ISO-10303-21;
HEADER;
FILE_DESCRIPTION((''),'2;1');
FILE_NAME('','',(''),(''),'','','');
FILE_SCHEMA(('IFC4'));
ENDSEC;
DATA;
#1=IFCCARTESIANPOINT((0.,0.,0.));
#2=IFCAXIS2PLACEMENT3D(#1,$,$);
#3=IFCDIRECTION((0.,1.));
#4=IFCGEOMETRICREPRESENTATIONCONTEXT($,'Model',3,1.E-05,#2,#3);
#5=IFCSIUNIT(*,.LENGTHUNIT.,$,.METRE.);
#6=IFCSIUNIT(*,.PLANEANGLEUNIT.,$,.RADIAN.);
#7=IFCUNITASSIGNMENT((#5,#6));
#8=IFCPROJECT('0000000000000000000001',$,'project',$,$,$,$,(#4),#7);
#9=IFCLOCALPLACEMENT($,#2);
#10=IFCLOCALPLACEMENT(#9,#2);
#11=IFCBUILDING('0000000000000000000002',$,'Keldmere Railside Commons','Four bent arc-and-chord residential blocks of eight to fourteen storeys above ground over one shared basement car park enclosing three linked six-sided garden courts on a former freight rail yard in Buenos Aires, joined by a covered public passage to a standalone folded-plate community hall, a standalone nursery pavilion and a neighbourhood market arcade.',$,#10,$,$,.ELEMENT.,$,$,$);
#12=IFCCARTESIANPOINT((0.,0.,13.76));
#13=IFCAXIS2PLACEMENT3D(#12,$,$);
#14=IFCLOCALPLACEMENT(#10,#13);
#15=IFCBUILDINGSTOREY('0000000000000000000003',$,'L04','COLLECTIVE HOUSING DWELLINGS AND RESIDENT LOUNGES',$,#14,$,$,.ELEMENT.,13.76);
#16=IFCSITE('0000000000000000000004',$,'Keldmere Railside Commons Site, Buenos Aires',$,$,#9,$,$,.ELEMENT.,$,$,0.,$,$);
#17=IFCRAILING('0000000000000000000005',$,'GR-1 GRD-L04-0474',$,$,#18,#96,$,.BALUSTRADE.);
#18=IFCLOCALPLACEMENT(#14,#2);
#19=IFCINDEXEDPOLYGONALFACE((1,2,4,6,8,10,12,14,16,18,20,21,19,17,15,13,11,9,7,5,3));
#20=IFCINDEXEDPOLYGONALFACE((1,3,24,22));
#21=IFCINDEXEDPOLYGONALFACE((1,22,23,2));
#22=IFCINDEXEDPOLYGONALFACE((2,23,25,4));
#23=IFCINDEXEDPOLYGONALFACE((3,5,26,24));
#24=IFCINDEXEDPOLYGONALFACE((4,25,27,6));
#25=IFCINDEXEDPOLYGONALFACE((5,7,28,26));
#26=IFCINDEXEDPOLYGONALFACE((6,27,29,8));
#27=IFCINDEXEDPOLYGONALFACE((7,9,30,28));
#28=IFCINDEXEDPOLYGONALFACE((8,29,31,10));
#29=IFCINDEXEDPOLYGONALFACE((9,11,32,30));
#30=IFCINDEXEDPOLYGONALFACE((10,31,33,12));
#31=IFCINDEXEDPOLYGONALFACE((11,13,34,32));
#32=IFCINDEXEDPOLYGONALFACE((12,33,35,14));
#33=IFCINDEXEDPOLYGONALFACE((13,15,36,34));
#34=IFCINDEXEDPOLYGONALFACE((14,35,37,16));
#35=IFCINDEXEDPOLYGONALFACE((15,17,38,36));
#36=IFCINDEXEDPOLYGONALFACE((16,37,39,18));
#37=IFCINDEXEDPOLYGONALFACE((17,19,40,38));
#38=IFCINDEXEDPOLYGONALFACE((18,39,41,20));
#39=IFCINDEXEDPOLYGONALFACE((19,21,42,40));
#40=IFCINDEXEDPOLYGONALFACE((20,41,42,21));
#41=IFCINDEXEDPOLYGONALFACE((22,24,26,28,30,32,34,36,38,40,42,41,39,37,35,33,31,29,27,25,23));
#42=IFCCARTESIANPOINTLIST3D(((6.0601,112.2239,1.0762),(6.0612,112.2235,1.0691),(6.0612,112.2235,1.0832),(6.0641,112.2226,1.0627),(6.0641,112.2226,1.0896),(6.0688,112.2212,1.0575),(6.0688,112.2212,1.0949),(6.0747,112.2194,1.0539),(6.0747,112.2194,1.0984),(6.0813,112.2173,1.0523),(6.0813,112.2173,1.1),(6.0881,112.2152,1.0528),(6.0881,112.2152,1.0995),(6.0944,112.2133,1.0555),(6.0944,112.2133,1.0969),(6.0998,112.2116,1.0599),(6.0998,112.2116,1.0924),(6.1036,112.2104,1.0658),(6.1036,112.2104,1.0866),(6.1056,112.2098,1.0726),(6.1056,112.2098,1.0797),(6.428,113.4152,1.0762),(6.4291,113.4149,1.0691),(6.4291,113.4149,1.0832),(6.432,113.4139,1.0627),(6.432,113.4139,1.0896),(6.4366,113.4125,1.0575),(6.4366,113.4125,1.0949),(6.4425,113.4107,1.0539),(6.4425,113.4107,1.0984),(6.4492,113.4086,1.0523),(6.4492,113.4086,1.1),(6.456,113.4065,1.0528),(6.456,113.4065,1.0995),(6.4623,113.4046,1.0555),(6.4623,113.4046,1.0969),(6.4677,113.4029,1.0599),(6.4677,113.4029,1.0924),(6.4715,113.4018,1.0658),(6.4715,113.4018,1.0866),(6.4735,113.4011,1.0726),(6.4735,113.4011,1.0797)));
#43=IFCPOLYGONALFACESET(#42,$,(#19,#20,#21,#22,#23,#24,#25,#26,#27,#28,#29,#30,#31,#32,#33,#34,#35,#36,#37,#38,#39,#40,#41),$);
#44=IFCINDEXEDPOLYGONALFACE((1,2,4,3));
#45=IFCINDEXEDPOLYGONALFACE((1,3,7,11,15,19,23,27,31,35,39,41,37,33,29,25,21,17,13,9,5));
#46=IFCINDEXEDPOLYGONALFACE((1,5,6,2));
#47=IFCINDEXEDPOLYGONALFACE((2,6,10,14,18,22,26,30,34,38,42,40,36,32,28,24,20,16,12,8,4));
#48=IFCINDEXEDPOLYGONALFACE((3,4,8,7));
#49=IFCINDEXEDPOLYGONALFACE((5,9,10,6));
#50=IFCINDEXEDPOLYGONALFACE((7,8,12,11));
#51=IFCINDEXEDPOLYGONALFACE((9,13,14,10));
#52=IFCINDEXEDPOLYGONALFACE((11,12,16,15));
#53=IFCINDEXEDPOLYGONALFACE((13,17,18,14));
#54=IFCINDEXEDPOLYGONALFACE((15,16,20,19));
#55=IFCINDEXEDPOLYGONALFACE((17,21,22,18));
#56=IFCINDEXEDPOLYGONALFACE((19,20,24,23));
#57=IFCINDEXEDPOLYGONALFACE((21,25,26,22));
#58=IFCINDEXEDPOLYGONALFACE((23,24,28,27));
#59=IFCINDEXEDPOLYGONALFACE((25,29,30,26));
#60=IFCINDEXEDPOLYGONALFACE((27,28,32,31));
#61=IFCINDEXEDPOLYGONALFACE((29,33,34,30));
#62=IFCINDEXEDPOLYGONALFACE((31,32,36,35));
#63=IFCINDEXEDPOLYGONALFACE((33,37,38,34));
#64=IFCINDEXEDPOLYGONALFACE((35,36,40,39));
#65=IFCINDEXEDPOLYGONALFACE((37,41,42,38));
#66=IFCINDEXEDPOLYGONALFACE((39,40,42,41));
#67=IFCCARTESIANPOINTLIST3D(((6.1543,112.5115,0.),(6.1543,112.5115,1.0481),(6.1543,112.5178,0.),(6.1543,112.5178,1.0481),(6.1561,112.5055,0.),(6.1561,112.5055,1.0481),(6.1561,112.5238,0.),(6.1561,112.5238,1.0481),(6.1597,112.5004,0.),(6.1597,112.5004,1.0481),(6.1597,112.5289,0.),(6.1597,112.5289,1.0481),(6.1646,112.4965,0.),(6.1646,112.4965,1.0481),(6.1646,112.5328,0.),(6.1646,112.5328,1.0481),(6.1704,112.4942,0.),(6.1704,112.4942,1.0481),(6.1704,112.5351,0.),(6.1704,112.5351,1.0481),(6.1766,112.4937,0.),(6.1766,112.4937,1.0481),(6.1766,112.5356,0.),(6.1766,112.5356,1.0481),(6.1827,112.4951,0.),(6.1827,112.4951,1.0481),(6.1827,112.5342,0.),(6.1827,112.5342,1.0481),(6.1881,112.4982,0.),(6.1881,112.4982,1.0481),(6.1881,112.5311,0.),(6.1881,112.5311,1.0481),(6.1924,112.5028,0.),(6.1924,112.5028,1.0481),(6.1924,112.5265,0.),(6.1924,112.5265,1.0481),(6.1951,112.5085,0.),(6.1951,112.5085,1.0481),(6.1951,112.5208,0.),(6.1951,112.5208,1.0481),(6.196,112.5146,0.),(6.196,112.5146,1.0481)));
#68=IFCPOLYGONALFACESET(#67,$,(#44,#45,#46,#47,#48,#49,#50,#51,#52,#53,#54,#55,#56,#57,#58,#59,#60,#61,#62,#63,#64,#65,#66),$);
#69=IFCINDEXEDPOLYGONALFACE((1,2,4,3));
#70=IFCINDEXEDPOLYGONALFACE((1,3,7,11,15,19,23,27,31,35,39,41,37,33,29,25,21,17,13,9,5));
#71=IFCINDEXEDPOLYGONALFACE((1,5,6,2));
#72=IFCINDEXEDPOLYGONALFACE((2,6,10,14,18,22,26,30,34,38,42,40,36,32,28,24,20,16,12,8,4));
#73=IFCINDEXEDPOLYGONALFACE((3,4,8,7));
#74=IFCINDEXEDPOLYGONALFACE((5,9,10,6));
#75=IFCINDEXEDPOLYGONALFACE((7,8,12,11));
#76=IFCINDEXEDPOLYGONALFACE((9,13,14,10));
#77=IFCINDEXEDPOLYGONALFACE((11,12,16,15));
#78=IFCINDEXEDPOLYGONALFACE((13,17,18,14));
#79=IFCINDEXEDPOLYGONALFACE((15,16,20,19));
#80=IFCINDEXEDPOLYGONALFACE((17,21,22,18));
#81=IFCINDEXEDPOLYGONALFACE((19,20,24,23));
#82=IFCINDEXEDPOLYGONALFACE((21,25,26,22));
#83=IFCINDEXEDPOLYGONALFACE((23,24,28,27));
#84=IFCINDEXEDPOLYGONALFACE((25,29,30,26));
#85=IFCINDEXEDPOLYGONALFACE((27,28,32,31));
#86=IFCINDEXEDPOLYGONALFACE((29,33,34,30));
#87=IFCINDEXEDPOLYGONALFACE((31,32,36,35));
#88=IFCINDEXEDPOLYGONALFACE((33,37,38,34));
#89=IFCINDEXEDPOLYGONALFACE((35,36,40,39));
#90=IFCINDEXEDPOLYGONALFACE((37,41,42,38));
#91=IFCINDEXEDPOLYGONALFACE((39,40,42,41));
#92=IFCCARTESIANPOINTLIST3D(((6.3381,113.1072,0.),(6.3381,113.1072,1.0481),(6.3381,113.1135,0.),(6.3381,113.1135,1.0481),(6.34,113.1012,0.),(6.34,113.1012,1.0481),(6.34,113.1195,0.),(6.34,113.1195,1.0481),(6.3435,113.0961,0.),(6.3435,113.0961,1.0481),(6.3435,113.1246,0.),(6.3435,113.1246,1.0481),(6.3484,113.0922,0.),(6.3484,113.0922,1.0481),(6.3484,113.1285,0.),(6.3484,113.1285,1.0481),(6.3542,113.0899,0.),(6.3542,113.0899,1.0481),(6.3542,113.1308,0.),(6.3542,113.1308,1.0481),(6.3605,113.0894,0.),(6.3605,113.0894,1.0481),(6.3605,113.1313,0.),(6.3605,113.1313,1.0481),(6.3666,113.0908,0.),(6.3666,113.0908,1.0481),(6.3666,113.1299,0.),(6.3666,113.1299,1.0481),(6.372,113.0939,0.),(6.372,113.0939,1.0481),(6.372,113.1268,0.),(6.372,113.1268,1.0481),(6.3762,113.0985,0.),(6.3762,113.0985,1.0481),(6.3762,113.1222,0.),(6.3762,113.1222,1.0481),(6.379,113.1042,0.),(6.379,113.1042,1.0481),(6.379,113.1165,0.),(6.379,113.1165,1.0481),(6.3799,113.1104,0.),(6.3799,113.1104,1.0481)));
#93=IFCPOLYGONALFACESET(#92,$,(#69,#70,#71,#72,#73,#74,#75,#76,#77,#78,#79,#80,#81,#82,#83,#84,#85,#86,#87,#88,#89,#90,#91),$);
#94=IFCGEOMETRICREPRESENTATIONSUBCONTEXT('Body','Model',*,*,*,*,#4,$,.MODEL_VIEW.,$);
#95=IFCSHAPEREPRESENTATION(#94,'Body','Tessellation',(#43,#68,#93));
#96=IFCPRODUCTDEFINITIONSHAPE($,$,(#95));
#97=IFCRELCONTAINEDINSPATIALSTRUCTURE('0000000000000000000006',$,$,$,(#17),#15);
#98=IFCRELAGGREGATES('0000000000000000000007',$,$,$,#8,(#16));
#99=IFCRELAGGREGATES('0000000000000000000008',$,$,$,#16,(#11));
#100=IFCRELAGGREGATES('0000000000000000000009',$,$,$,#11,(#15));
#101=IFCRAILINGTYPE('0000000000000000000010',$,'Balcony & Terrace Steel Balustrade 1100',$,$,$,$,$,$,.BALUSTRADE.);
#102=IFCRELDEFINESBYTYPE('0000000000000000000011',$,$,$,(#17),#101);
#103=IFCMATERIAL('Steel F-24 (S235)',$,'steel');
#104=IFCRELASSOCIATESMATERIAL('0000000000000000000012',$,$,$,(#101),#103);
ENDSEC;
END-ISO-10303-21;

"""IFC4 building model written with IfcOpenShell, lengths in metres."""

from ifc_helpers import new_model, si_unit, direction, frame, origin, origin_2d, place, context, subcontext, project, spatial, circle, extrude, material, type_object, element, save


model = new_model("IFC4")

# Units and contexts
model_context = context("Model", 3, precision=1e-05, world=origin(), true_north=direction((0.0, 1.0)))
body_context = subcontext(model_context, "Body", "Model", "MODEL_VIEW")
ifc_project = project(units=[si_unit("LENGTHUNIT", "METRE"), si_unit("PLANEANGLEUNIT", "RADIAN")], contexts=[model_context])

# Site, building, storey
site_placement = place(None, origin())
site = spatial("IfcSite", under=ifc_project, at=site_placement, Name="Keldmere Railside Commons Site, Buenos Aires", CompositionType="ELEMENT", RefElevation=0.0)
building_placement = place(site_placement, origin())
building = spatial("IfcBuilding", under=site, at=building_placement, Name="Keldmere Railside Commons", Description="Four bent arc-and-chord residential blocks of eight to fourteen storeys above ground over one shared basement car park enclosing three linked six-sided garden courts on a former freight rail yard in Buenos Aires, joined by a covered public passage to a standalone folded-plate community hall, a standalone nursery pavilion and a neighbourhood market arcade.", CompositionType="ELEMENT")
storey_placement = place(building_placement, frame((0.0, 0.0, 13.76)))
storey = spatial("IfcBuildingStorey", under=building, at=storey_placement, Name="L04", Description="COLLECTIVE HOUSING DWELLINGS AND RESIDENT LOUNGES", CompositionType="ELEMENT", Elevation=13.76)

# Railing
ifc_material_1 = material(Name="Steel F-24 (S235)", Category="steel")
railing_type = type_object("IfcRailingType", Name="Balcony & Terrace Steel Balustrade 1100", PredefinedType="BALUSTRADE", material=ifc_material_1)
railing_1_placement = place(storey_placement, frame((6.083, 112.2168, 0.0)))
element("IfcRailing", 1, at=railing_1_placement, inside=storey, type_object=railing_type, Name="GR-1 GRD-L04-0474", PredefinedType="BALUSTRADE", context=body_context, shape_type="SweptSolid", body=[
    extrude(circle(Radius=0.0239, at=origin_2d()), frame((0.0, 0.0, 1.0762), z_axis=(0.295063, 0.955478, 0.0), x_axis=(-0.955478, 0.295063, 0.0)), (0.0, 0.0, 1.0), 1.2468),
    extrude(circle(Radius=0.021, at=origin_2d()), frame((0.092, 0.2979, 0.0)), (0.0, 0.0, 1.0), 1.0481),
    extrude(circle(Radius=0.021, at=origin_2d()), frame((0.2759, 0.8936, 0.0)), (0.0, 0.0, 1.0), 1.0481),
])

save(model, "model.ifc")
